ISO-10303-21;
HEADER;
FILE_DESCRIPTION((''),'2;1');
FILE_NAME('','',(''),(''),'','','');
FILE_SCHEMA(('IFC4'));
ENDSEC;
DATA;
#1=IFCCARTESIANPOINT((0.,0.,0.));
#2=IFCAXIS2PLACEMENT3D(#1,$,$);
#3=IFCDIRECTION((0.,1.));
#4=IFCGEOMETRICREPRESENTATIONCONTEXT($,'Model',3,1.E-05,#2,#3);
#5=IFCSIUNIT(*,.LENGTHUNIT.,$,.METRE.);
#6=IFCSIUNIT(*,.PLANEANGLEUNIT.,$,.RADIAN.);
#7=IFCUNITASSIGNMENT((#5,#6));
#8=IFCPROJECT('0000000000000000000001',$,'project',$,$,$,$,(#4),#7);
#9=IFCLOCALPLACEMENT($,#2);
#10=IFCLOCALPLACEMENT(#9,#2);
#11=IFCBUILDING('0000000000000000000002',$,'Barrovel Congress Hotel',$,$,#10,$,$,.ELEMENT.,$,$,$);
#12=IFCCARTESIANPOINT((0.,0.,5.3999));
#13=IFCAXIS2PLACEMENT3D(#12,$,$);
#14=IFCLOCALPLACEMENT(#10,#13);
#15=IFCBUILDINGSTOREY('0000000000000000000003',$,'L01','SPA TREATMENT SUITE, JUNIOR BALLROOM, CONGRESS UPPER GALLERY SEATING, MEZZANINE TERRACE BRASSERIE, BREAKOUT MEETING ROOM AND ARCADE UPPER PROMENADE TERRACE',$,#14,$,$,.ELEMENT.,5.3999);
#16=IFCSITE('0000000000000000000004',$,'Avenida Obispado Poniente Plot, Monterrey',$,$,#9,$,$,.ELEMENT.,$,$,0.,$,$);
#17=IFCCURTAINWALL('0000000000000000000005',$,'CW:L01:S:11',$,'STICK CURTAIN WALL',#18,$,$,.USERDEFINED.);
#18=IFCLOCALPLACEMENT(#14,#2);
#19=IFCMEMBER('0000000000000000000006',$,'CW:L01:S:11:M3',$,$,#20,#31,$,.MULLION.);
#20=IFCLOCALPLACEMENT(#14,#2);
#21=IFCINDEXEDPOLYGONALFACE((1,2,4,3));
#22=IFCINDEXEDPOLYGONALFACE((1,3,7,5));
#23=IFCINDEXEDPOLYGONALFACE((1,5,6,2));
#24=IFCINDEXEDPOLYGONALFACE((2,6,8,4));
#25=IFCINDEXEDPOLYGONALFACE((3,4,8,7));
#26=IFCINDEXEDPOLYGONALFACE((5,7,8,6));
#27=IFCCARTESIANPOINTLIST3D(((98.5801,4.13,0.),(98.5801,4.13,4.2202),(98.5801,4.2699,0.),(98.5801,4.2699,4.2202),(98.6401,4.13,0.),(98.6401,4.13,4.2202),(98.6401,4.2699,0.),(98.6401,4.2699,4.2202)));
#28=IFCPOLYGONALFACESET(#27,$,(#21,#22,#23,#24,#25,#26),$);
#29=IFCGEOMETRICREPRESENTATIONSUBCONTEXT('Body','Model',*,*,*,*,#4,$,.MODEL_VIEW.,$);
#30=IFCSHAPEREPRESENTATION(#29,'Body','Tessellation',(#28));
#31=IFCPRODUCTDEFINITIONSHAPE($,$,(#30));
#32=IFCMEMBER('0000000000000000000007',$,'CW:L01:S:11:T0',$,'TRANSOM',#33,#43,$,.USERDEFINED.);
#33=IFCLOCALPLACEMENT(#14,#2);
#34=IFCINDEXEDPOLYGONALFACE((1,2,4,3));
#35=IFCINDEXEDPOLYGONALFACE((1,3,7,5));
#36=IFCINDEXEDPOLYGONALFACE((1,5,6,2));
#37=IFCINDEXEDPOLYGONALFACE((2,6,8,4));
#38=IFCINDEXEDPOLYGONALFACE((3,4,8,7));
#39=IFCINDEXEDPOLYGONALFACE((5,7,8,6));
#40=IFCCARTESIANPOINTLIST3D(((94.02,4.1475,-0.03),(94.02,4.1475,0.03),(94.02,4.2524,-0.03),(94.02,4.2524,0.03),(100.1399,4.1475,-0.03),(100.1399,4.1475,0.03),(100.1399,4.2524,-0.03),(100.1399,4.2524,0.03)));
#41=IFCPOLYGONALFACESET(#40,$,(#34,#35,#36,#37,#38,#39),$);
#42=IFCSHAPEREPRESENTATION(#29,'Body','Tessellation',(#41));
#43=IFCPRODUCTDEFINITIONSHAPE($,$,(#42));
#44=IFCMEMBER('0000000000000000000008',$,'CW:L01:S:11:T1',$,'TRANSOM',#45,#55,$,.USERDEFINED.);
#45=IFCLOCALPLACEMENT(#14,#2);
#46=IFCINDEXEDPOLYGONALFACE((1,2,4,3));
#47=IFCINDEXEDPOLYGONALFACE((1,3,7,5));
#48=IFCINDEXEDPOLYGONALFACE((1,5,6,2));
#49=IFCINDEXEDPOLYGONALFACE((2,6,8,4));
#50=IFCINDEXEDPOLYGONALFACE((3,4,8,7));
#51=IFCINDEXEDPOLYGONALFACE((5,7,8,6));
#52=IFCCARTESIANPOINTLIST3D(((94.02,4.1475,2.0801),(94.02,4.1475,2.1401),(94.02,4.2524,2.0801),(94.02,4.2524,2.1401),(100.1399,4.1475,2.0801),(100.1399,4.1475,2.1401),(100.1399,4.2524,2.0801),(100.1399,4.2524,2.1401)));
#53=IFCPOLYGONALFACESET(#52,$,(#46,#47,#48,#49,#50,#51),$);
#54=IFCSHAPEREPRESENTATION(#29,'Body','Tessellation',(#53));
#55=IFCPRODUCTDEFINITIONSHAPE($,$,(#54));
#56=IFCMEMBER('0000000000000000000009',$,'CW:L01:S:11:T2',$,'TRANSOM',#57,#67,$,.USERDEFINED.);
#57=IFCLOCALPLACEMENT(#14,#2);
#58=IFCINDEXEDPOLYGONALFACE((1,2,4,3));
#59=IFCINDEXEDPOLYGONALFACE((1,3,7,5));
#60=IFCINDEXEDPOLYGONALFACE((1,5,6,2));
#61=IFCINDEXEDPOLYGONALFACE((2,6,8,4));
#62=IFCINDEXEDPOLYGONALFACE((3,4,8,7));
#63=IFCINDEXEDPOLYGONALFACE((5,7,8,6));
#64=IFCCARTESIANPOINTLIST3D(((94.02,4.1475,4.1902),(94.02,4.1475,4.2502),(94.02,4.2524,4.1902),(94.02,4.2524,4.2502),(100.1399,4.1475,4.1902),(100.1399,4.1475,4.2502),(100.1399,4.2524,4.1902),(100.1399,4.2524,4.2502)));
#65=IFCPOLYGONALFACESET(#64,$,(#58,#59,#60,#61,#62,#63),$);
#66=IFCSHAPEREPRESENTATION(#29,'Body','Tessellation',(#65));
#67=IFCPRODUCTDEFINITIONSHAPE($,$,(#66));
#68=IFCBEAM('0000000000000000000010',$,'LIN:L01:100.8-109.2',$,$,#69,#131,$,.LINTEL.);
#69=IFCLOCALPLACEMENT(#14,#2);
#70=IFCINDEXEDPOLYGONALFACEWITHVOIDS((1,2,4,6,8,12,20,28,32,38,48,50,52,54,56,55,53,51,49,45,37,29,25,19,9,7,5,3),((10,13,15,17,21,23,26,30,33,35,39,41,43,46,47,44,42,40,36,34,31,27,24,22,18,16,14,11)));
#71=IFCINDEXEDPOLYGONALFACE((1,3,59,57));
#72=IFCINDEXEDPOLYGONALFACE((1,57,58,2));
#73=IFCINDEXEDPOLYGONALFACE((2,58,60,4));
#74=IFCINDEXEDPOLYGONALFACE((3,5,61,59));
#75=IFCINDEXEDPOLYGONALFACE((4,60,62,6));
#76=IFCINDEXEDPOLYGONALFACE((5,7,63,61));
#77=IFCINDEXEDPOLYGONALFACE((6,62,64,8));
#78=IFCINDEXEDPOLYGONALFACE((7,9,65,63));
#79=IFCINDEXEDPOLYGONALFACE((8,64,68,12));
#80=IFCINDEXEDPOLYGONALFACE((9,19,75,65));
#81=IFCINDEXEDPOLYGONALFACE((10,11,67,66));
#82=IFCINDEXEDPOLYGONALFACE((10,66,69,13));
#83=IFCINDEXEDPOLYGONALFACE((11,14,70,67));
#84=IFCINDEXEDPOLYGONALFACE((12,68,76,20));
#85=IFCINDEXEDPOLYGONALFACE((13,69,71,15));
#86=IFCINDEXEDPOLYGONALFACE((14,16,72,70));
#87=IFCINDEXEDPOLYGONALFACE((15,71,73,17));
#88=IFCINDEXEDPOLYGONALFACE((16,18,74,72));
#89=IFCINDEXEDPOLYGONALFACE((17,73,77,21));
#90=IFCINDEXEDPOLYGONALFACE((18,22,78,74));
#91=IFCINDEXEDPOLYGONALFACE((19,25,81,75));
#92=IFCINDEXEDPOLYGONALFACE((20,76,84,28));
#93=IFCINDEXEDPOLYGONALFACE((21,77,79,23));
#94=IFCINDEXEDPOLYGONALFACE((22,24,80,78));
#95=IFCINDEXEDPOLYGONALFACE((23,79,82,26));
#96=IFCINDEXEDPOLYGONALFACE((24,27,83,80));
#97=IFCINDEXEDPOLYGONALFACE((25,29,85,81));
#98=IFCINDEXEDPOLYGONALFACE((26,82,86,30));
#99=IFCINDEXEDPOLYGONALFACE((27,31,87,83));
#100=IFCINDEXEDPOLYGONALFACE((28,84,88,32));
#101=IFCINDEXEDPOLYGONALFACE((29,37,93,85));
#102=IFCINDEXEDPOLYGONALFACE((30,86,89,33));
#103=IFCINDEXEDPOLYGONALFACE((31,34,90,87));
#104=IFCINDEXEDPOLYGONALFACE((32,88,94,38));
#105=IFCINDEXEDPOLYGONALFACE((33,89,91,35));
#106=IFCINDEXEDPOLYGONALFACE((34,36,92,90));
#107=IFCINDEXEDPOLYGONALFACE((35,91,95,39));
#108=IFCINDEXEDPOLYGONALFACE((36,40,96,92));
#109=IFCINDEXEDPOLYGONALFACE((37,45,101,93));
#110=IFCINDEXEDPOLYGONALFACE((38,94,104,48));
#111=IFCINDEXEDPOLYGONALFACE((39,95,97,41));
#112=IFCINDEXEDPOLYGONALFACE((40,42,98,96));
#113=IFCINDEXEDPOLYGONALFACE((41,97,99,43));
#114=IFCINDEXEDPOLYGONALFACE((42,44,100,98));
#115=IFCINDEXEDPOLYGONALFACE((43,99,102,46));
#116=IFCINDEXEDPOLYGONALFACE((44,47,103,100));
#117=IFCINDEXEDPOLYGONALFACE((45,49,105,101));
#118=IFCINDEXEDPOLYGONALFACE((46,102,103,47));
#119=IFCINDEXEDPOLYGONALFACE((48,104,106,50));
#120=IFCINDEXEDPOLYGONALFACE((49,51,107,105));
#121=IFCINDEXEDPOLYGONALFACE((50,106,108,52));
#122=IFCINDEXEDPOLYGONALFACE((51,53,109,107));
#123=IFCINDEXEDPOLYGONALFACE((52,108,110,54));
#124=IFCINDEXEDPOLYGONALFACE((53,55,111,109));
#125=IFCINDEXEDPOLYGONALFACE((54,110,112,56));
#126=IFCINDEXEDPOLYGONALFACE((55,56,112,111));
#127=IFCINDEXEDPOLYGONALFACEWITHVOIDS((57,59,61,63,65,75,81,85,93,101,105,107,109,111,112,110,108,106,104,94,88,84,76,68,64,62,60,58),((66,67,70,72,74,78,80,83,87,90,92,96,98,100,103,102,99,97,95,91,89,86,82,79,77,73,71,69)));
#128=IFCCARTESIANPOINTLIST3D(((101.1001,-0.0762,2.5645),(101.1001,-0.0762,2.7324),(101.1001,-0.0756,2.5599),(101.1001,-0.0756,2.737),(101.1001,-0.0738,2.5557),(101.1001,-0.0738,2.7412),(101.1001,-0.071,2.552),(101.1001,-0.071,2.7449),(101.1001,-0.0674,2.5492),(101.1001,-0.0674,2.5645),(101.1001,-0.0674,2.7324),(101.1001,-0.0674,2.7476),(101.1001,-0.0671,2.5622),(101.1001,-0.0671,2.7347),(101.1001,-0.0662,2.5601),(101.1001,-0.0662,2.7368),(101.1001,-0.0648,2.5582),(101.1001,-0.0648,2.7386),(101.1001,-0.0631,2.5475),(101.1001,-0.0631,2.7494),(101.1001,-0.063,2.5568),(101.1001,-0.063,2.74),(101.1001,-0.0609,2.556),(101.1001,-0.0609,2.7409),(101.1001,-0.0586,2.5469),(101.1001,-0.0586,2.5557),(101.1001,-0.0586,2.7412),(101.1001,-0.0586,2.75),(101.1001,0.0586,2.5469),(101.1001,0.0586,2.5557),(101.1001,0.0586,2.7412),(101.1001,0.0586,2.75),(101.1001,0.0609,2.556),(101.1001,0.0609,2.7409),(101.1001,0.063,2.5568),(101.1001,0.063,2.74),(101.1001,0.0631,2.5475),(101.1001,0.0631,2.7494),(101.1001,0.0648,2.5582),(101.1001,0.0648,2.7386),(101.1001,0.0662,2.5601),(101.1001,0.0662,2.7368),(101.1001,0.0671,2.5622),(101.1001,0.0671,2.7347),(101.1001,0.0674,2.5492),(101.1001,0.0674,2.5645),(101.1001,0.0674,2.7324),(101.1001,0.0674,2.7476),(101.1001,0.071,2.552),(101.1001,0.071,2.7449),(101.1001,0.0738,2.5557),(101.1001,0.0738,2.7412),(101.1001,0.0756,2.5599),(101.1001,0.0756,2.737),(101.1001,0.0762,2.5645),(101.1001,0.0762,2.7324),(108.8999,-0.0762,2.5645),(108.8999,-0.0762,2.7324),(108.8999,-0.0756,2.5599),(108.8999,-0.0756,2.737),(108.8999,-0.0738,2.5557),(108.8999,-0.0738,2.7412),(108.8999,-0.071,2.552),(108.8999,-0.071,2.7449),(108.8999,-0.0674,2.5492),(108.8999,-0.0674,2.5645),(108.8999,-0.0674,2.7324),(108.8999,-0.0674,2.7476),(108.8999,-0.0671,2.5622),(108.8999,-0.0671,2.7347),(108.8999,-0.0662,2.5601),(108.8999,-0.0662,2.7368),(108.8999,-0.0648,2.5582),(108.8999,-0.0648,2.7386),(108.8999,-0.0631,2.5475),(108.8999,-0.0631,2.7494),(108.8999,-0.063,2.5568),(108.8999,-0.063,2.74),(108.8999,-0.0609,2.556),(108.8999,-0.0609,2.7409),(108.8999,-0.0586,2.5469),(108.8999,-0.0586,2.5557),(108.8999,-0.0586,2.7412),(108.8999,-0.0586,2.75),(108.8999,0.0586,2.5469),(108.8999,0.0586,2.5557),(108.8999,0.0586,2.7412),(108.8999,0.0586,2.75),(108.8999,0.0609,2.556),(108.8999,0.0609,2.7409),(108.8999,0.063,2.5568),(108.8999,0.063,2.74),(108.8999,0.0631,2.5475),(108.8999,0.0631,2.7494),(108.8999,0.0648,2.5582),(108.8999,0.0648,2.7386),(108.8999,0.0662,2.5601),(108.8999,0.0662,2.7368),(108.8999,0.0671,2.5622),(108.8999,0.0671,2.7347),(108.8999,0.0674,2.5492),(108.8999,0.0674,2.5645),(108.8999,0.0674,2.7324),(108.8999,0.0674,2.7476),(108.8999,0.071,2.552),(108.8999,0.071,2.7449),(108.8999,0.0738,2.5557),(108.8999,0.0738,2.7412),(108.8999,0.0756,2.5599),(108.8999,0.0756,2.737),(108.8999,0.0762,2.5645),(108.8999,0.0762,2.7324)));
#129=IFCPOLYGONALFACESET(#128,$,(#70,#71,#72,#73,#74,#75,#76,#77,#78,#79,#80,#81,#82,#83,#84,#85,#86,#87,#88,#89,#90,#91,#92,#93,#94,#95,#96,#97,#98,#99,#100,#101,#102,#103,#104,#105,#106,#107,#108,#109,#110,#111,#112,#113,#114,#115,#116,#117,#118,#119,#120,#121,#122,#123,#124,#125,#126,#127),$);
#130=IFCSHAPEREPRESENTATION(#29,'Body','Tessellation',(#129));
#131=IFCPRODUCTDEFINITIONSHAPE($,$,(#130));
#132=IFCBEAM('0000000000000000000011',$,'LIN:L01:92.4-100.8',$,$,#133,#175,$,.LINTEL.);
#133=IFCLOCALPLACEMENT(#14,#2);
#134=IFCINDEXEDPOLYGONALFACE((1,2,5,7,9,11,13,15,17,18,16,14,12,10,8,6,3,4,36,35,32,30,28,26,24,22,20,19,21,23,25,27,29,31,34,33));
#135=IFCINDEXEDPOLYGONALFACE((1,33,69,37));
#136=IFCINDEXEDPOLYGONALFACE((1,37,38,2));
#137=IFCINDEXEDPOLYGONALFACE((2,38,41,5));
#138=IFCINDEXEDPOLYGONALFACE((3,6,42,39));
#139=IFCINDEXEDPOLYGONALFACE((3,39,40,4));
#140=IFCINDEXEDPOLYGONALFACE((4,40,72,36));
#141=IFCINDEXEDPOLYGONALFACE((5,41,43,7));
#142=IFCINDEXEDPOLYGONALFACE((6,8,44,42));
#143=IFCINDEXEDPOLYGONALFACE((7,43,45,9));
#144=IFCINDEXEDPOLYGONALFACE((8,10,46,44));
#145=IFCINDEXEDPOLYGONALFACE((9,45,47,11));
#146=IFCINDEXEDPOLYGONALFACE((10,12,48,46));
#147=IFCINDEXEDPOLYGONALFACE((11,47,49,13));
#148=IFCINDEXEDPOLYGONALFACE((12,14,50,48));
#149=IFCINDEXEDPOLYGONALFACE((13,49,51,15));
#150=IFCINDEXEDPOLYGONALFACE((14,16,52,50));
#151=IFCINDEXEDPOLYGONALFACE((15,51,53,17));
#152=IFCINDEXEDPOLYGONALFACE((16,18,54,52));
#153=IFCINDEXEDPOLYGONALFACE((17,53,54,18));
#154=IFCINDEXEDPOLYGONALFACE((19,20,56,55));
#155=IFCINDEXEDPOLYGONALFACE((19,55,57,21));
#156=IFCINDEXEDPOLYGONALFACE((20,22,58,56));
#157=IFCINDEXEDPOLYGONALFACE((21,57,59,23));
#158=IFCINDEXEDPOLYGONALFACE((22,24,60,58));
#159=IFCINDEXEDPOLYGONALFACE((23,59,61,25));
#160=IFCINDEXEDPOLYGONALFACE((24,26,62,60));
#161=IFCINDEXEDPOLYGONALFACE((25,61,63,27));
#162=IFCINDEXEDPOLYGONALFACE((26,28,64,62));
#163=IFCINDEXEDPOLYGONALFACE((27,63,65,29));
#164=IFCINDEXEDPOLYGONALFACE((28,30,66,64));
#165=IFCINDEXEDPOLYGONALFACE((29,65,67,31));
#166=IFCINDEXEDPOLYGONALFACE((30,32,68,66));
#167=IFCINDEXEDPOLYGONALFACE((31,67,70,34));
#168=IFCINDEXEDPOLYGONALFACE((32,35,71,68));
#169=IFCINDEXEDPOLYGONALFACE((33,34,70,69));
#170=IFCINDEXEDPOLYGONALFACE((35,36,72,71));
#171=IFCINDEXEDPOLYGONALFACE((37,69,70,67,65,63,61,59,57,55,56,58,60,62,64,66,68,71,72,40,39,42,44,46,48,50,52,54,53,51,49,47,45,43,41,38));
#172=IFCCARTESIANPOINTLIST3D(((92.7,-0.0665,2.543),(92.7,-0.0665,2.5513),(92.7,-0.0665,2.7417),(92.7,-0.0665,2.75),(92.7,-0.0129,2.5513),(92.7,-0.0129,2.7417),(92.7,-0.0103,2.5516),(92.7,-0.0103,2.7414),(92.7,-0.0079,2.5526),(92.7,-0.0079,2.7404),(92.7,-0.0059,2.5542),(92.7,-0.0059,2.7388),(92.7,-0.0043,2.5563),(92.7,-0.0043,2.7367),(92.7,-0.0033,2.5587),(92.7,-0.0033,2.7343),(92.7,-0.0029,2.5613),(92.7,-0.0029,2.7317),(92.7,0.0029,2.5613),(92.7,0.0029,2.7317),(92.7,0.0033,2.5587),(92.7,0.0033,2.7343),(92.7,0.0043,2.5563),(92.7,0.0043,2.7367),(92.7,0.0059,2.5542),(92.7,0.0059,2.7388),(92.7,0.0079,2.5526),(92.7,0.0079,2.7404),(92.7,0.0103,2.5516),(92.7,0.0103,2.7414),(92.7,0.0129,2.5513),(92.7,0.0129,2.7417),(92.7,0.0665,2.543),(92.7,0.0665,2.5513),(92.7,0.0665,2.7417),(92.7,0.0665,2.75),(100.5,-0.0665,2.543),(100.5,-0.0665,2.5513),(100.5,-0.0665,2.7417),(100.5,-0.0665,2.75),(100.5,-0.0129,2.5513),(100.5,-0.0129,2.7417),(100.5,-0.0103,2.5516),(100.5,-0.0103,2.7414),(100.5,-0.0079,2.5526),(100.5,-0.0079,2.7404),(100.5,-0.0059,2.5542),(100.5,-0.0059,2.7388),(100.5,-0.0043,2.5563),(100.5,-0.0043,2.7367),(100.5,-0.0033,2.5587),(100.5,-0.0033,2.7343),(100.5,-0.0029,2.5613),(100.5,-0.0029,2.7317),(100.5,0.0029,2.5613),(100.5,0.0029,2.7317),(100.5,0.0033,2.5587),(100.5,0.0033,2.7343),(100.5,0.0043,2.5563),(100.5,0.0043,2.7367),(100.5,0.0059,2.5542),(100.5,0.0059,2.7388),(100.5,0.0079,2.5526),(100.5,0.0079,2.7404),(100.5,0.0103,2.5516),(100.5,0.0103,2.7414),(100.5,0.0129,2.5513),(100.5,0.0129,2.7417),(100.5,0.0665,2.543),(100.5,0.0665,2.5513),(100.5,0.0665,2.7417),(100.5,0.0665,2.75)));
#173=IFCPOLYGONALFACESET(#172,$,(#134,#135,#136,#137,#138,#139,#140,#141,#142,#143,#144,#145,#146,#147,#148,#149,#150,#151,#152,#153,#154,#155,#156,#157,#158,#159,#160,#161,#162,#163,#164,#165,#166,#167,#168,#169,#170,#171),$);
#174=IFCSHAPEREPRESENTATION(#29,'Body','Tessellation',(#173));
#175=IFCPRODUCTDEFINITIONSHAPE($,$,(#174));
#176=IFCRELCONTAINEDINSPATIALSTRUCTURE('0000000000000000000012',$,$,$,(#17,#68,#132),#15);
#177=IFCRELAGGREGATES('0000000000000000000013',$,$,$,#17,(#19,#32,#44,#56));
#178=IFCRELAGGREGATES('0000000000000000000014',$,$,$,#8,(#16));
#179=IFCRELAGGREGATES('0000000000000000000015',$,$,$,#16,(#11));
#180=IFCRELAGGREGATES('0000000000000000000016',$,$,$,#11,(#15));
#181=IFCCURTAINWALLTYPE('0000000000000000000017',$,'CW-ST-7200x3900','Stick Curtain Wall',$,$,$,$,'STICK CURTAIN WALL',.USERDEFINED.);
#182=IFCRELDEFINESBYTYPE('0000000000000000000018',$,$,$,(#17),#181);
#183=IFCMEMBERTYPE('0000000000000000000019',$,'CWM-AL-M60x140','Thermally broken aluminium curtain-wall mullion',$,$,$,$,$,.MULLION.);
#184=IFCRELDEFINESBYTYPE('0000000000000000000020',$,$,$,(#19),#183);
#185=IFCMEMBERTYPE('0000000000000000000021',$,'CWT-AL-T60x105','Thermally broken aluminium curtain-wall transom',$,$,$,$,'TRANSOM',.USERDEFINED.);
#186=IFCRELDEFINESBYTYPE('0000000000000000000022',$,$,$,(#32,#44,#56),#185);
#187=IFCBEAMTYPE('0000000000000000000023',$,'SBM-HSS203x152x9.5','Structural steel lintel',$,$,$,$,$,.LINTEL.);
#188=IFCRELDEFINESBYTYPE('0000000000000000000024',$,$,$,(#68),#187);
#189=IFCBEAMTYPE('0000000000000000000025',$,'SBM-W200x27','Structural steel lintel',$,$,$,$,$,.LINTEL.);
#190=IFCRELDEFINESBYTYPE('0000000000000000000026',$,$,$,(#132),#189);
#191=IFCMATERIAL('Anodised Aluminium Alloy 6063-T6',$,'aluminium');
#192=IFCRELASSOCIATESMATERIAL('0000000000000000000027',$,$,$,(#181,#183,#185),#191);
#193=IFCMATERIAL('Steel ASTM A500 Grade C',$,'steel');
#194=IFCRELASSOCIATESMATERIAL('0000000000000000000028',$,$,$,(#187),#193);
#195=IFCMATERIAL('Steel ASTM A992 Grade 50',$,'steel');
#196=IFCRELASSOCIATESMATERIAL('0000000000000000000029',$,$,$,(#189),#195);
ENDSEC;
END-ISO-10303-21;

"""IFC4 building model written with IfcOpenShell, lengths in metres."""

from ifc_helpers import new_model, si_unit, direction, frame, origin, origin_2d, place, context, subcontext, project, spatial, rectangle, hollow_rectangle, i_section, extrude, material, material_profile, profile_set, type_object, element, aggregate, save


model = new_model("IFC4")

# Units and contexts
model_context = context("Model", 3, precision=1e-05, world=origin(), true_north=direction((0.0, 1.0)))
body_context = subcontext(model_context, "Body", "Model", "MODEL_VIEW")
ifc_project = project(units=[si_unit("LENGTHUNIT", "METRE"), si_unit("PLANEANGLEUNIT", "RADIAN")], contexts=[model_context])

# Site, building, storey
site_placement = place(None, origin())
site = spatial("IfcSite", under=ifc_project, at=site_placement, Name="Avenida Obispado Poniente Plot, Monterrey", CompositionType="ELEMENT", RefElevation=0.0)
building_placement = place(site_placement, origin())
building = spatial("IfcBuilding", under=site, at=building_placement, Name="Barrovel Congress Hotel", CompositionType="ELEMENT")
storey_placement = place(building_placement, frame((0.0, 0.0, 5.3999)))
storey = spatial("IfcBuildingStorey", under=building, at=storey_placement, Name="L01", Description="SPA TREATMENT SUITE, JUNIOR BALLROOM, CONGRESS UPPER GALLERY SEATING, MEZZANINE TERRACE BRASSERIE, BREAKOUT MEETING ROOM AND ARCADE UPPER PROMENADE TERRACE", CompositionType="ELEMENT", Elevation=5.3999)

# Curtain wall, members
ifc_material_1 = material(Name="Anodised Aluminium Alloy 6063-T6", Category="aluminium")
curtain_wall_type = type_object("IfcCurtainWallType", Name="CW-ST-7200x3900", Description="Stick Curtain Wall", ElementType="STICK CURTAIN WALL", PredefinedType="USERDEFINED", material=ifc_material_1)
curtain_wall_placement = place(storey_placement, origin())
curtain_wall = element("IfcCurtainWall", 1, at=curtain_wall_placement, inside=storey, type_object=curtain_wall_type, Name="CW:L01:S:11", ObjectType="STICK CURTAIN WALL", PredefinedType="USERDEFINED")
ifc_material_profile_1 = material_profile(ifc_material_1, rectangle(XDim=0.0601, YDim=0.1399, at=origin_2d()), Name="AL-M60x140")
ifc_profile_set_1 = profile_set([ifc_material_profile_1], Name="Anodised Aluminium Alloy 6063-T6")
member_type_1 = type_object("IfcMemberType", Name="CWM-AL-M60x140", Description="Thermally broken aluminium curtain-wall mullion", PredefinedType="MULLION", material=ifc_profile_set_1)
member_1_placement = place(storey_placement, frame((98.6101, 4.2, 0.0), z_axis=(0.0, 0.0, 1.0), x_axis=(1.0, 0.0, 0.0)))
member_1 = element("IfcMember", 2, at=member_1_placement, type_object=member_type_1, Name="CW:L01:S:11:M3", PredefinedType="MULLION", context=body_context, shape_type="SweptSolid", body=[
    extrude(rectangle(XDim=0.0601, YDim=0.1399, at=origin_2d()), origin(), (0.0, 0.0, 1.0), 4.2202),
])
ifc_material_profile_2 = material_profile(ifc_material_1, rectangle(XDim=0.105, YDim=0.0601, at=origin_2d()), Name="AL-T60x105")
ifc_profile_set_2 = profile_set([ifc_material_profile_2], Name="Anodised Aluminium Alloy 6063-T6")
member_type_2 = type_object("IfcMemberType", Name="CWT-AL-T60x105", Description="Thermally broken aluminium curtain-wall transom", ElementType="TRANSOM", PredefinedType="USERDEFINED", material=ifc_profile_set_2)
member_2_placement = place(storey_placement, frame((94.02, 4.2, 0.0), z_axis=(1.0, 0.0, 0.0), x_axis=(0.0, 1.0, 0.0)))
member_2 = element("IfcMember", 3, at=member_2_placement, type_object=member_type_2, Name="CW:L01:S:11:T0", ObjectType="TRANSOM", PredefinedType="USERDEFINED", context=body_context, shape_type="SweptSolid", body=[
    extrude(rectangle(XDim=0.105, YDim=0.0601, at=origin_2d()), origin(), (0.0, 0.0, 1.0), 6.1199),
])
member_3_placement = place(storey_placement, frame((94.02, 4.2, 2.1101), z_axis=(1.0, 0.0, 0.0), x_axis=(0.0, 1.0, 0.0)))
member_3 = element("IfcMember", 4, at=member_3_placement, type_object=member_type_2, Name="CW:L01:S:11:T1", ObjectType="TRANSOM", PredefinedType="USERDEFINED", context=body_context, shape_type="SweptSolid", body=[
    extrude(rectangle(XDim=0.105, YDim=0.0601, at=origin_2d()), origin(), (0.0, 0.0, 1.0), 6.1199),
])
member_4_placement = place(storey_placement, frame((94.02, 4.2, 4.2202), z_axis=(1.0, 0.0, 0.0), x_axis=(0.0, 1.0, 0.0)))
member_4 = element("IfcMember", 5, at=member_4_placement, type_object=member_type_2, Name="CW:L01:S:11:T2", ObjectType="TRANSOM", PredefinedType="USERDEFINED", context=body_context, shape_type="SweptSolid", body=[
    extrude(rectangle(XDim=0.105, YDim=0.0601, at=origin_2d()), origin(), (0.0, 0.0, 1.0), 6.1199),
])

# Beams
ifc_material_2 = material(Name="Steel ASTM A500 Grade C", Category="steel")
ifc_material_profile_3 = material_profile(ifc_material_2, hollow_rectangle(XDim=0.1523, YDim=0.2031, WallThickness=0.0088, InnerFilletRadius=0.0088, OuterFilletRadius=0.0176, at=origin_2d()), Name="HSS203x152x9.5")
ifc_profile_set_3 = profile_set([ifc_material_profile_3], Name="Steel ASTM A500 Grade C")
beam_type_1 = type_object("IfcBeamType", Name="SBM-HSS203x152x9.5", Description="Structural steel lintel", PredefinedType="LINTEL", material=ifc_profile_set_3)
beam_1_placement = place(storey_placement, frame((101.1001, 0.0, 2.6484), z_axis=(1.0, 0.0, 0.0), x_axis=(0.0, 1.0, 0.0)))
element("IfcBeam", 6, at=beam_1_placement, inside=storey, type_object=beam_type_1, Name="LIN:L01:100.8-109.2", PredefinedType="LINTEL", context=body_context, shape_type="SweptSolid", body=[
    extrude(hollow_rectangle(XDim=0.1523, YDim=0.2031, WallThickness=0.0088, InnerFilletRadius=0.0088, OuterFilletRadius=0.0176, at=origin_2d()), origin(), (0.0, 0.0, 1.0), 7.7998),
])
ifc_material_3 = material(Name="Steel ASTM A992 Grade 50", Category="steel")
ifc_material_profile_4 = material_profile(ifc_material_3, i_section(OverallWidth=0.1331, OverallDepth=0.207, WebThickness=0.0059, FlangeThickness=0.0083, FilletRadius=0.01, at=origin_2d()), Name="W200x27")
ifc_profile_set_4 = profile_set([ifc_material_profile_4], Name="Steel ASTM A992 Grade 50")
beam_type_2 = type_object("IfcBeamType", Name="SBM-W200x27", Description="Structural steel lintel", PredefinedType="LINTEL", material=ifc_profile_set_4)
beam_2_placement = place(storey_placement, frame((92.7, 0.0, 2.6465), z_axis=(1.0, 0.0, 0.0), x_axis=(0.0, 1.0, 0.0)))
element("IfcBeam", 7, at=beam_2_placement, inside=storey, type_object=beam_type_2, Name="LIN:L01:92.4-100.8", PredefinedType="LINTEL", context=body_context, shape_type="SweptSolid", body=[
    extrude(i_section(OverallWidth=0.1331, OverallDepth=0.207, WebThickness=0.0059, FlangeThickness=0.0083, FilletRadius=0.01, at=origin_2d()), origin(), (0.0, 0.0, 1.0), 7.8),
])

aggregate(curtain_wall, [member_1, member_2, member_3, member_4])

save(model, "model.ifc")
